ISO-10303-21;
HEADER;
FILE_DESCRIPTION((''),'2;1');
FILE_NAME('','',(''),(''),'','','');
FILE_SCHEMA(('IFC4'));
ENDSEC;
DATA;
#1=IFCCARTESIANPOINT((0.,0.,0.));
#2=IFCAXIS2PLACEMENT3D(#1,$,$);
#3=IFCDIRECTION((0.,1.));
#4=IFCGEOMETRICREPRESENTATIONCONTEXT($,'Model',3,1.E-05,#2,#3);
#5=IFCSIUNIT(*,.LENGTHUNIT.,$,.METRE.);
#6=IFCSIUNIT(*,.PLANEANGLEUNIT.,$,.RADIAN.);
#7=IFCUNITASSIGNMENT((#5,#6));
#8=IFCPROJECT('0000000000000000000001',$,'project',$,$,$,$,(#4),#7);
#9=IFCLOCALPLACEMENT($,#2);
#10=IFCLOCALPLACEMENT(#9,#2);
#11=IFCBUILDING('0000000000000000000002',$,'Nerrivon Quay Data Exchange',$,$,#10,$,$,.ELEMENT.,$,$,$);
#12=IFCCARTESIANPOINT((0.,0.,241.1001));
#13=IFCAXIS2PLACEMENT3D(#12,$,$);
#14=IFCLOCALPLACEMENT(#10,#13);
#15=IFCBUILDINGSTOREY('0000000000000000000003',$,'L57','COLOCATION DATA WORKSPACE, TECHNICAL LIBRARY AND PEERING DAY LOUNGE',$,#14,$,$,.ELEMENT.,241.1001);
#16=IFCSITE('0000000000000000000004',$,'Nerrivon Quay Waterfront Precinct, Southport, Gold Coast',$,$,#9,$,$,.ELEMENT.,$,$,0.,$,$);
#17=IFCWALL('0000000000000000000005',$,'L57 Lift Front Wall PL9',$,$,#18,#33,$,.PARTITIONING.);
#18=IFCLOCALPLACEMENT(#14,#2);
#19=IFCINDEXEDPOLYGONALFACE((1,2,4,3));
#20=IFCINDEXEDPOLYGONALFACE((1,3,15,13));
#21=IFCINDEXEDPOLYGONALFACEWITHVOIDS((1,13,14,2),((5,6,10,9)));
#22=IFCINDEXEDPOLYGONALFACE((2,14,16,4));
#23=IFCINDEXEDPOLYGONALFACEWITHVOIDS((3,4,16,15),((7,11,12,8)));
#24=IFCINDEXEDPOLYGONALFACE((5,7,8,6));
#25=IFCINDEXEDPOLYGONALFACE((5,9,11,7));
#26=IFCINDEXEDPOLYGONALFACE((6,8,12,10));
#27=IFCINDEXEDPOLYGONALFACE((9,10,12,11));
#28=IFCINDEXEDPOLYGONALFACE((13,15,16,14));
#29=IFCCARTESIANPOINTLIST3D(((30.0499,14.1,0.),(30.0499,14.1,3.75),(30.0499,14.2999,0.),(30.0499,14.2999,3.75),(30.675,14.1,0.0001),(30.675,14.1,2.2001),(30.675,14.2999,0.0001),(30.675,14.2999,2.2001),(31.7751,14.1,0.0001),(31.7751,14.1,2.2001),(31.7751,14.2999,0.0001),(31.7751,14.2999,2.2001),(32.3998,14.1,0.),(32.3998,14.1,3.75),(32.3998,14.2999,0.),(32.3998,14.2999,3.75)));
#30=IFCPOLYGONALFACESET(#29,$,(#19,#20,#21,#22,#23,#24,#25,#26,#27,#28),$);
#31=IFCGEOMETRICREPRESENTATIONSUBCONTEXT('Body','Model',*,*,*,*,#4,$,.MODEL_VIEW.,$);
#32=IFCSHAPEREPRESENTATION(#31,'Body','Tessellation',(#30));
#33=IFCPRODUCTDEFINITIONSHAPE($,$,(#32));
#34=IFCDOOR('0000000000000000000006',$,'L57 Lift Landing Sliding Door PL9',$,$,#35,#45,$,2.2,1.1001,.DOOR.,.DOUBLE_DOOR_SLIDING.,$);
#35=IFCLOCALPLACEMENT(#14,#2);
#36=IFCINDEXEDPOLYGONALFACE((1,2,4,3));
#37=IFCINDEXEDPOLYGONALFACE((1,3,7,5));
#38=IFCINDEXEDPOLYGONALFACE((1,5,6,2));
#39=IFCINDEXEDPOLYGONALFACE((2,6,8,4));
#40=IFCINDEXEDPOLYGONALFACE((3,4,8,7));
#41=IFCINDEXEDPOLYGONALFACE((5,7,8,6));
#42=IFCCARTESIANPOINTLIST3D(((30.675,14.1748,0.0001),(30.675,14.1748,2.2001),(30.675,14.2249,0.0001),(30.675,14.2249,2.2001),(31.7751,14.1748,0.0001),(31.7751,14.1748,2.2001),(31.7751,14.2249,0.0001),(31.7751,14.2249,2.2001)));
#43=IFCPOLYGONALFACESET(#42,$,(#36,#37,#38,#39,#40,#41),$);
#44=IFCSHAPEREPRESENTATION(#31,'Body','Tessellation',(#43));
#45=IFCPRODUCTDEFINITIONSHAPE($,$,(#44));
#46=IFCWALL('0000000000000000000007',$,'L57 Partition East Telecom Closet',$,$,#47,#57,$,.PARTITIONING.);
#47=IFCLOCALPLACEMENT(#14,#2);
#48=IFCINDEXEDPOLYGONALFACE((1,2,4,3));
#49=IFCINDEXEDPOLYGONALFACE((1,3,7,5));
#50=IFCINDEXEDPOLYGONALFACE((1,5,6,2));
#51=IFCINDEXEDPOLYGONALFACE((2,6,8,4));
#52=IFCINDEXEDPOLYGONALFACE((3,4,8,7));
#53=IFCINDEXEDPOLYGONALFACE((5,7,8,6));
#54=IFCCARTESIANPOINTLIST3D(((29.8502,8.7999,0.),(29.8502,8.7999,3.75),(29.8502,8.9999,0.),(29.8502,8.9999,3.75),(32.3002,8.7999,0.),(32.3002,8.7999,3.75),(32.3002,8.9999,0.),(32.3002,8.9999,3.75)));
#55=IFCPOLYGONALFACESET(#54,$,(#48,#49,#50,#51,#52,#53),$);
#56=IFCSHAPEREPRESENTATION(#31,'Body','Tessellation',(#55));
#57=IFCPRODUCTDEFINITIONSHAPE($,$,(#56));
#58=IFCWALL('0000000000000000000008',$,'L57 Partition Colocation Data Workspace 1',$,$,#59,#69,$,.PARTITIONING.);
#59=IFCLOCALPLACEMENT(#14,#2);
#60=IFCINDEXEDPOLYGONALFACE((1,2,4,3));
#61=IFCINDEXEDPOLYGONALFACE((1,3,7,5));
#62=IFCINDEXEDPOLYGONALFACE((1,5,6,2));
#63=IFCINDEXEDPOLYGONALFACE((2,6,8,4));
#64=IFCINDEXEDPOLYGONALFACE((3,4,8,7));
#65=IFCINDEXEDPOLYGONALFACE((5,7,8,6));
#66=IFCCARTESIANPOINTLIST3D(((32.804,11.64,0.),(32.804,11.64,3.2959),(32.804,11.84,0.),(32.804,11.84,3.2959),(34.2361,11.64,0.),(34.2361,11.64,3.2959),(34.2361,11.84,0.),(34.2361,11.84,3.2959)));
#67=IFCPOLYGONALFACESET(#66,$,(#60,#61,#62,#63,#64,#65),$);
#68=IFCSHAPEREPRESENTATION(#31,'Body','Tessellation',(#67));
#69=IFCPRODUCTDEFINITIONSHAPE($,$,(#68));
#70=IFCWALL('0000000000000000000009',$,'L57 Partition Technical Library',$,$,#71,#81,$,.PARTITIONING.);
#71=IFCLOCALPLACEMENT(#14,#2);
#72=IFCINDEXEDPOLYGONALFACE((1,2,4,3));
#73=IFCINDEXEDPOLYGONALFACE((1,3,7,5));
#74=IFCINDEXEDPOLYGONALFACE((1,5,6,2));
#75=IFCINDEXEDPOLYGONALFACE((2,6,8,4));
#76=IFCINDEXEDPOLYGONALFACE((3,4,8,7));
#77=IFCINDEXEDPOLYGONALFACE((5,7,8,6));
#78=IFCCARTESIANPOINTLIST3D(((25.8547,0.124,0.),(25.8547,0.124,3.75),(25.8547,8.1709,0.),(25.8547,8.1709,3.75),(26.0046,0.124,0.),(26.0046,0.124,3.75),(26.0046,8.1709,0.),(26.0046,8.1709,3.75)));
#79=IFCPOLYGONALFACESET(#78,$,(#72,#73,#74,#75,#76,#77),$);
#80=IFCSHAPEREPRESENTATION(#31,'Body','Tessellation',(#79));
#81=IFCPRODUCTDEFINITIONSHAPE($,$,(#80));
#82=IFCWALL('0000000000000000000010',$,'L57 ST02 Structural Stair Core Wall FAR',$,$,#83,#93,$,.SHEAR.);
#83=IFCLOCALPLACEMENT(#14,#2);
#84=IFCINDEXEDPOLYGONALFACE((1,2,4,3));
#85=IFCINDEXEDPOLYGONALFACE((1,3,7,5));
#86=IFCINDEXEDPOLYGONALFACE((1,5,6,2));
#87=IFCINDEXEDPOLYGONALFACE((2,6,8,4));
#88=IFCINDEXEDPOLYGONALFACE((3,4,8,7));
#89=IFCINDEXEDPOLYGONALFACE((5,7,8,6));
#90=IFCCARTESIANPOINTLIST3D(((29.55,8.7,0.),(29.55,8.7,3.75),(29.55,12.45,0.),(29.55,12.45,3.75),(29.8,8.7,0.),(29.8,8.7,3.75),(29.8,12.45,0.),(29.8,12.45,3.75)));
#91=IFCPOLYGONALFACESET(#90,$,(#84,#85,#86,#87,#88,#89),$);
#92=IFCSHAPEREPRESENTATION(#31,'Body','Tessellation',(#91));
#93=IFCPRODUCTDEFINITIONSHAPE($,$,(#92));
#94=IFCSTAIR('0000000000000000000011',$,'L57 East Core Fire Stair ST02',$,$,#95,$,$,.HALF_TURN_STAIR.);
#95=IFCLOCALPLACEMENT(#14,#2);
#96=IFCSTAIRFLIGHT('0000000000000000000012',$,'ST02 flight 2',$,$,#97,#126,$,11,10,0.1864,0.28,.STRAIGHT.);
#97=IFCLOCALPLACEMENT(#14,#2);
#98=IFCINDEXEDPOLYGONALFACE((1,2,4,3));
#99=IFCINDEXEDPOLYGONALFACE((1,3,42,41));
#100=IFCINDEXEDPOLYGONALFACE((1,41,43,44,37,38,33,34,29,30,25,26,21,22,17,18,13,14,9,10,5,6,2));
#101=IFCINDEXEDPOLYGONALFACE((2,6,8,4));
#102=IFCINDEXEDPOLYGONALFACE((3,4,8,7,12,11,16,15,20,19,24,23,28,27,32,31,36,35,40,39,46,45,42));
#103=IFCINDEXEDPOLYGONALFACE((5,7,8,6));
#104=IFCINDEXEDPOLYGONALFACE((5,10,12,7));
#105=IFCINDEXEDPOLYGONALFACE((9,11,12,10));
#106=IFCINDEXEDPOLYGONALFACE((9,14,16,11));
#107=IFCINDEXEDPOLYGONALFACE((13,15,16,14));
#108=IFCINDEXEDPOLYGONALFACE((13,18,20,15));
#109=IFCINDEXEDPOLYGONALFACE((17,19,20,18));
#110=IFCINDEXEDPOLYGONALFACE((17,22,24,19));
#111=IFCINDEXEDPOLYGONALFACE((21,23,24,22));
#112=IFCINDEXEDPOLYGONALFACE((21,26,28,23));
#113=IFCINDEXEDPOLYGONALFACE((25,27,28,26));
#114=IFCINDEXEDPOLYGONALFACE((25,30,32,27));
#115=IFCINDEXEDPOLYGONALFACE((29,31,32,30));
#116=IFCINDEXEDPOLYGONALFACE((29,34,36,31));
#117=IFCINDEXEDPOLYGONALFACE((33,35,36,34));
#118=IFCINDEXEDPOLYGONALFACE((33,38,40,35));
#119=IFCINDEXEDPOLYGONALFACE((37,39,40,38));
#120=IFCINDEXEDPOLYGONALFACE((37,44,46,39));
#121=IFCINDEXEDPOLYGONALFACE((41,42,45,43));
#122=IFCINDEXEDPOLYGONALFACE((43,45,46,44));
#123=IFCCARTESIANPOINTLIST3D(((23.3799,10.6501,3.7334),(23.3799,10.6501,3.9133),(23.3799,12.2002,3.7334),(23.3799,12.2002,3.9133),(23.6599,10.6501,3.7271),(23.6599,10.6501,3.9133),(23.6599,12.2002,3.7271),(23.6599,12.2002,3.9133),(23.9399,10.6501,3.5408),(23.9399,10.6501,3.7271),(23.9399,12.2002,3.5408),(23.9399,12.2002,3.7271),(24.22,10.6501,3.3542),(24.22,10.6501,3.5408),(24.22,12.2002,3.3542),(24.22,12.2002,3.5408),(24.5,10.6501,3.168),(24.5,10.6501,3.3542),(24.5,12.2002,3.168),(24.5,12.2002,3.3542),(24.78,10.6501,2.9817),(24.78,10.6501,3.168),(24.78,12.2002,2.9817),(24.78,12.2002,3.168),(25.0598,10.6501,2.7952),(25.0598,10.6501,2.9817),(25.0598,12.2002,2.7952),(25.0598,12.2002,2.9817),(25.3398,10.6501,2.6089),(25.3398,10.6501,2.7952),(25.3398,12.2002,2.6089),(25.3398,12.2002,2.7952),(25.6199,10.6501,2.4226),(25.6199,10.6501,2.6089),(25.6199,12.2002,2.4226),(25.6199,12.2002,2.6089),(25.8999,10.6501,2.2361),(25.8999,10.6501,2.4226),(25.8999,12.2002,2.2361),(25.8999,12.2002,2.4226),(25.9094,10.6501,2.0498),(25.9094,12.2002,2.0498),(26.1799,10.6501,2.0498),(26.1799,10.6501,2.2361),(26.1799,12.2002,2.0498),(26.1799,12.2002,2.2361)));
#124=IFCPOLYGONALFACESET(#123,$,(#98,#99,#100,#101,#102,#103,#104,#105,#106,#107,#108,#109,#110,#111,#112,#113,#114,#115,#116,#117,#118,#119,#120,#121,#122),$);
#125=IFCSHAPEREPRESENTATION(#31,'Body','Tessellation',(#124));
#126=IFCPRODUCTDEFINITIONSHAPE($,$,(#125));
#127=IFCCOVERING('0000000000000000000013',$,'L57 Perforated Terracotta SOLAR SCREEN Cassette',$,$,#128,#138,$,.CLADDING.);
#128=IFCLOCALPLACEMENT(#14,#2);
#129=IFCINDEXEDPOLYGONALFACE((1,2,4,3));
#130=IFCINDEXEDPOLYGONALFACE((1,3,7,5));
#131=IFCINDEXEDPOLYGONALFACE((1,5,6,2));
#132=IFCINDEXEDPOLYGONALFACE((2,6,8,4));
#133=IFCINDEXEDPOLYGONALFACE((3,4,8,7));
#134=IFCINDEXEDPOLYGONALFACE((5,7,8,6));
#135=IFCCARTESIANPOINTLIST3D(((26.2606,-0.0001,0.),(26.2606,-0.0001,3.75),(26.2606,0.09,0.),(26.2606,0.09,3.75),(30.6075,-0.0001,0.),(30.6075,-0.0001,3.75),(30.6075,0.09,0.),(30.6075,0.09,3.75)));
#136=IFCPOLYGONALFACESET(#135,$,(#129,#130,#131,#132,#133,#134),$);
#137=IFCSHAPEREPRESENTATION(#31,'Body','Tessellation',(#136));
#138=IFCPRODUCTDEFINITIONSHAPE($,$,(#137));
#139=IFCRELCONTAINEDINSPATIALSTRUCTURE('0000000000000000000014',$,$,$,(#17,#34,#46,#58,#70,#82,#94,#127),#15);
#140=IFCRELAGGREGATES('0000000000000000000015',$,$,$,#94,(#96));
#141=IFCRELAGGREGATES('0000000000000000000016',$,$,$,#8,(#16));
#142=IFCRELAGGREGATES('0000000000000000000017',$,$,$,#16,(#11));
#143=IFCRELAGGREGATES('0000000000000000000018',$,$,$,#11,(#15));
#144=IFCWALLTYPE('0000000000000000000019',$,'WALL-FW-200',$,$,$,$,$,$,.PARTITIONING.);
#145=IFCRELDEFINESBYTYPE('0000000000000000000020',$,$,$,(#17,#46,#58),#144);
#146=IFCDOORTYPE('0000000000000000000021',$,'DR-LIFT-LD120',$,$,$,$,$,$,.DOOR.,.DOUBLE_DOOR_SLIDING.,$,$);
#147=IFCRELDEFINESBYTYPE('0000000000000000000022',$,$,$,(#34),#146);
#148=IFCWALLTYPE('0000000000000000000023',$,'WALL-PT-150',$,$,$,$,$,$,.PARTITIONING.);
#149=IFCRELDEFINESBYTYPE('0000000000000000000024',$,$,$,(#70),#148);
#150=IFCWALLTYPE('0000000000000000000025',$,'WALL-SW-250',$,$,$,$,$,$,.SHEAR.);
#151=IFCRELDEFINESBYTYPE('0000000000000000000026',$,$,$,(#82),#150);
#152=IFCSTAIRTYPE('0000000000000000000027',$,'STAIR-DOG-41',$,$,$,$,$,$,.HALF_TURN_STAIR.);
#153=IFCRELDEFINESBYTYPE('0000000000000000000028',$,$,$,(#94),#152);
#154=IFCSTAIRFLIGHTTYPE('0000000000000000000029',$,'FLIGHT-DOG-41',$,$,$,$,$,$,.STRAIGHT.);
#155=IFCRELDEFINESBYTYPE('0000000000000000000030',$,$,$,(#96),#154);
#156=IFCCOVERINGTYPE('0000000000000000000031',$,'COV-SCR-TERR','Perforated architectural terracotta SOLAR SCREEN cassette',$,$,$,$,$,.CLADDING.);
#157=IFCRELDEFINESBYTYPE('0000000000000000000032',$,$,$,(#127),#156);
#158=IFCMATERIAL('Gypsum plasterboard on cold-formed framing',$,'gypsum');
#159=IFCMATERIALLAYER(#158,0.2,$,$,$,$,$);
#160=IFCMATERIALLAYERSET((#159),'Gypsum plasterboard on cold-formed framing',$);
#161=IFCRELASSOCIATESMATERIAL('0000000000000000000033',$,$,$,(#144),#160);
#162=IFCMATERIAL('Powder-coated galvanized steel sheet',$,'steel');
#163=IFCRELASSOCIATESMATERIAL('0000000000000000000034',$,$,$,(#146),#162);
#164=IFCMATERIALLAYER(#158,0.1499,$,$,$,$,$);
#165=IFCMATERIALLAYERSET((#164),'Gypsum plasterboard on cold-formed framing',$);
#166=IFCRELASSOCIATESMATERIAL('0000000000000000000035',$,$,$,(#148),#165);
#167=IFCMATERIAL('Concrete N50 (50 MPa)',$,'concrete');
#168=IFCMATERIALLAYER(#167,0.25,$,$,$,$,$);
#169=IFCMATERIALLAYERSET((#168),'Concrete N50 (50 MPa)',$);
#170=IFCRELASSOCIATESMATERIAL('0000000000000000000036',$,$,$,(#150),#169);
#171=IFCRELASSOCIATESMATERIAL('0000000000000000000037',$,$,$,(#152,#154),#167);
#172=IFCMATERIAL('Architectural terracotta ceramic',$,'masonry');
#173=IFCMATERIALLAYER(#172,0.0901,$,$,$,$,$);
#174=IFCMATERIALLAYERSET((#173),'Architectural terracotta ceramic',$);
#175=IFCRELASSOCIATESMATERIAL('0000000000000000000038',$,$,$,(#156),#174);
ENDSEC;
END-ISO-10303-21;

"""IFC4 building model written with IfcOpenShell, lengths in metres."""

from ifc_helpers import new_model, si_unit, direction, frame, frame_2d, origin, origin_2d, place, context, subcontext, project, spatial, polyline, rectangle, outline, extrude, material, layer, layer_set, type_object, element, fill, aggregate, save


model = new_model("IFC4")

# Units and contexts
model_context = context("Model", 3, precision=1e-05, world=origin(), true_north=direction((0.0, 1.0)))
body_context = subcontext(model_context, "Body", "Model", "MODEL_VIEW")
ifc_project = project(units=[si_unit("LENGTHUNIT", "METRE"), si_unit("PLANEANGLEUNIT", "RADIAN")], contexts=[model_context])

# Site, building, storey
site_placement = place(None, origin())
site = spatial("IfcSite", under=ifc_project, at=site_placement, Name="Nerrivon Quay Waterfront Precinct, Southport, Gold Coast", CompositionType="ELEMENT", RefElevation=0.0)
building_placement = place(site_placement, origin())
building = spatial("IfcBuilding", under=site, at=building_placement, Name="Nerrivon Quay Data Exchange", CompositionType="ELEMENT")
storey_placement = place(building_placement, frame((0.0, 0.0, 241.1001)))
storey = spatial("IfcBuildingStorey", under=building, at=storey_placement, Name="L57", Description="COLOCATION DATA WORKSPACE, TECHNICAL LIBRARY AND PEERING DAY LOUNGE", CompositionType="ELEMENT", Elevation=241.1001)

# Shared definitions
ifc_material_1 = material(Name="Concrete N50 (50 MPa)", Category="concrete")

# Wall, opening, door
ifc_material_2 = material(Name="Powder-coated galvanized steel sheet", Category="steel")
ifc_material_3 = material(Name="Gypsum plasterboard on cold-formed framing", Category="gypsum")
ifc_layer_1 = layer(ifc_material_3, 0.2)
ifc_layer_set_1 = layer_set([ifc_layer_1], Name="Gypsum plasterboard on cold-formed framing")
wall_type_1 = type_object("IfcWallType", Name="WALL-FW-200", PredefinedType="PARTITIONING", material=ifc_layer_set_1)
door_type_1 = type_object("IfcDoorType", Name="DR-LIFT-LD120", OperationType="DOUBLE_DOOR_SLIDING", PredefinedType="DOOR", material=ifc_material_2)
wall_1_placement = place(storey_placement, frame((30.05, 14.2, 0.0), z_axis=(0.0, 0.0, 1.0), x_axis=(1.0, 0.0, 0.0)))
wall_1 = element("IfcWall", 1, at=wall_1_placement, inside=storey, type_object=wall_type_1, Name="L57 Lift Front Wall PL9", PredefinedType="PARTITIONING", context=body_context, shape_type="SweptSolid", body=[
    extrude(rectangle(XDim=2.3499, YDim=0.2, at=frame_2d((1.1748, 0.0))), origin(), (0.0, 0.0, 1.0), 3.75),
])
opening_1_placement = place(wall_1_placement, frame((0.625, 0.0, 0.0)))
opening_1 = element("IfcOpeningElement", 2, at=opening_1_placement, cuts=wall_1, PredefinedType="OPENING", context=body_context, shape_type="SweptSolid", body=[
    extrude(rectangle(XDim=1.1001, YDim=2.2, at=frame_2d((0.55, 1.1001))), frame((0.0, 0.1099, 0.0), z_axis=(0.0, -1.0, 0.0), x_axis=(1.0, 0.0, 0.0)), (0.0, 0.0, 1.0), 0.22),
])
door_1_placement = place(opening_1_placement, origin())
door_1 = element("IfcDoor", 3, at=door_1_placement, inside=storey, type_object=door_type_1, Name="L57 Lift Landing Sliding Door PL9", OperationType="DOUBLE_DOOR_SLIDING", OverallHeight=2.2, OverallWidth=1.1001, PredefinedType="DOOR", context=body_context, shape_type="SweptSolid", body=[
    extrude(rectangle(XDim=1.1001, YDim=2.2, at=frame_2d((0.55, 1.1001))), frame((0.0, 0.0249, 0.0), z_axis=(0.0, -1.0, 0.0), x_axis=(1.0, 0.0, 0.0)), (0.0, 0.0, 1.0), 0.05),
])
fill(opening_1, door_1)

# Walls
wall_2_placement = place(storey_placement, frame((29.8501, 8.8999, 0.0), z_axis=(0.0, 0.0, 1.0), x_axis=(1.0, 0.0, 0.0)))
element("IfcWall", 4, at=wall_2_placement, inside=storey, type_object=wall_type_1, Name="L57 Partition East Telecom Closet", PredefinedType="PARTITIONING", context=body_context, shape_type="SweptSolid", body=[
    extrude(rectangle(XDim=2.45, YDim=0.2, at=frame_2d((1.2251, 0.0))), origin(), (0.0, 0.0, 1.0), 3.75),
])
wall_3_placement = place(storey_placement, frame((34.2361, 11.74, 0.0), z_axis=(0.0, 0.0, 1.0), x_axis=(-1.0, 0.0, 0.0)))
element("IfcWall", 5, at=wall_3_placement, inside=storey, type_object=wall_type_1, Name="L57 Partition Colocation Data Workspace 1", PredefinedType="PARTITIONING", context=body_context, shape_type="SweptSolid", body=[
    extrude(rectangle(XDim=1.4321, YDim=0.2, at=frame_2d((0.7161, 0.0))), origin(), (0.0, 0.0, 1.0), 3.2959),
])
ifc_layer_2 = layer(ifc_material_3, 0.1499)
ifc_layer_set_2 = layer_set([ifc_layer_2], Name="Gypsum plasterboard on cold-formed framing")
wall_type_2 = type_object("IfcWallType", Name="WALL-PT-150", PredefinedType="PARTITIONING", material=ifc_layer_set_2)
wall_4_placement = place(storey_placement, frame((25.9297, 0.124, 0.0), z_axis=(0.0, 0.0, 1.0), x_axis=(0.0, 1.0, 0.0)))
element("IfcWall", 6, at=wall_4_placement, inside=storey, type_object=wall_type_2, Name="L57 Partition Technical Library", PredefinedType="PARTITIONING", context=body_context, shape_type="SweptSolid", body=[
    extrude(rectangle(XDim=8.0469, YDim=0.1499, at=frame_2d((4.0234, 0.0))), origin(), (0.0, 0.0, 1.0), 3.75),
])
ifc_layer_3 = layer(ifc_material_1, 0.25)
ifc_layer_set_3 = layer_set([ifc_layer_3], Name="Concrete N50 (50 MPa)")
wall_type_3 = type_object("IfcWallType", Name="WALL-SW-250", PredefinedType="SHEAR", material=ifc_layer_set_3)
wall_5_placement = place(storey_placement, frame((29.675, 8.7, 0.0), z_axis=(0.0, 0.0, 1.0), x_axis=(0.0, 1.0, 0.0)))
element("IfcWall", 7, at=wall_5_placement, inside=storey, type_object=wall_type_3, Name="L57 ST02 Structural Stair Core Wall FAR", PredefinedType="SHEAR", context=body_context, shape_type="SweptSolid", body=[
    extrude(rectangle(XDim=3.75, YDim=0.25, at=frame_2d((1.875, 0.0))), origin(), (0.0, 0.0, 1.0), 3.75),
])

# Stair, stair flight
stair_type = type_object("IfcStairType", Name="STAIR-DOG-41", PredefinedType="HALF_TURN_STAIR", material=ifc_material_1)
stair_placement = place(storey_placement, origin())
stair = element("IfcStair", 8, at=stair_placement, inside=storey, type_object=stair_type, Name="L57 East Core Fire Stair ST02", PredefinedType="HALF_TURN_STAIR")
stair_flight_type = type_object("IfcStairFlightType", Name="FLIGHT-DOG-41", PredefinedType="STRAIGHT", material=ifc_material_1)
stair_flight_placement = place(storey_placement, frame((26.1799, 11.425, 2.0498), z_axis=(0.0, 0.0, 1.0), x_axis=(-1.0, 0.0, 0.0)))
stair_flight = element("IfcStairFlight", 9, at=stair_flight_placement, type_object=stair_flight_type, Name="ST02 flight 2", NumberOfRisers=11, NumberOfTreads=10, PredefinedType="STRAIGHT", RiserHeight=0.1864, TreadLength=0.28, context=body_context, shape_type="SweptSolid", body=[
    extrude(outline(polyline([(0.0, 0.0), (0.0, 0.1863), (0.28, 0.1863), (0.28, 0.3728), (0.5601, 0.3728), (0.5601, 0.5591), (0.8401, 0.5591), (0.8401, 0.7454), (1.1201, 0.7454), (1.1201, 0.9319), (1.3999, 0.9319), (1.3999, 1.1182), (1.6799, 1.1182), (1.6799, 1.3044), (1.96, 1.3044), (1.96, 1.491), (2.24, 1.491), (2.24, 1.6772), (2.52, 1.6772), (2.52, 1.8635), (2.8, 1.8635), (2.8, 2.05), (2.8, 1.6836), (0.2705, 0.0), (0.0, 0.0)])), frame((0.0, 0.7749, 0.0), z_axis=(0.0, -1.0, 0.0), x_axis=(1.0, 0.0, 0.0)), (0.0, 0.0, 1.0), 1.55),
])
aggregate(stair, [stair_flight])

# Covering
ifc_material_4 = material(Name="Architectural terracotta ceramic", Category="masonry")
ifc_layer_4 = layer(ifc_material_4, 0.0901)
ifc_layer_set_4 = layer_set([ifc_layer_4], Name="Architectural terracotta ceramic")
covering_type = type_object("IfcCoveringType", Name="COV-SCR-TERR", Description="Perforated architectural terracotta SOLAR SCREEN cassette", PredefinedType="CLADDING", material=ifc_layer_set_4)
covering_placement = place(storey_placement, frame((28.4341, 0.0449, 0.0), z_axis=(0.0, 0.0, 1.0), x_axis=(-1.0, 0.0, 0.0)))
element("IfcCovering", 10, at=covering_placement, inside=storey, type_object=covering_type, Name="L57 Perforated Terracotta SOLAR SCREEN Cassette", PredefinedType="CLADDING", context=body_context, shape_type="SweptSolid", body=[
    extrude(rectangle(XDim=4.3469, YDim=0.0901, at=origin_2d()), origin(), (0.0, 0.0, 1.0), 3.75),
])

save(model, "model.ifc")
